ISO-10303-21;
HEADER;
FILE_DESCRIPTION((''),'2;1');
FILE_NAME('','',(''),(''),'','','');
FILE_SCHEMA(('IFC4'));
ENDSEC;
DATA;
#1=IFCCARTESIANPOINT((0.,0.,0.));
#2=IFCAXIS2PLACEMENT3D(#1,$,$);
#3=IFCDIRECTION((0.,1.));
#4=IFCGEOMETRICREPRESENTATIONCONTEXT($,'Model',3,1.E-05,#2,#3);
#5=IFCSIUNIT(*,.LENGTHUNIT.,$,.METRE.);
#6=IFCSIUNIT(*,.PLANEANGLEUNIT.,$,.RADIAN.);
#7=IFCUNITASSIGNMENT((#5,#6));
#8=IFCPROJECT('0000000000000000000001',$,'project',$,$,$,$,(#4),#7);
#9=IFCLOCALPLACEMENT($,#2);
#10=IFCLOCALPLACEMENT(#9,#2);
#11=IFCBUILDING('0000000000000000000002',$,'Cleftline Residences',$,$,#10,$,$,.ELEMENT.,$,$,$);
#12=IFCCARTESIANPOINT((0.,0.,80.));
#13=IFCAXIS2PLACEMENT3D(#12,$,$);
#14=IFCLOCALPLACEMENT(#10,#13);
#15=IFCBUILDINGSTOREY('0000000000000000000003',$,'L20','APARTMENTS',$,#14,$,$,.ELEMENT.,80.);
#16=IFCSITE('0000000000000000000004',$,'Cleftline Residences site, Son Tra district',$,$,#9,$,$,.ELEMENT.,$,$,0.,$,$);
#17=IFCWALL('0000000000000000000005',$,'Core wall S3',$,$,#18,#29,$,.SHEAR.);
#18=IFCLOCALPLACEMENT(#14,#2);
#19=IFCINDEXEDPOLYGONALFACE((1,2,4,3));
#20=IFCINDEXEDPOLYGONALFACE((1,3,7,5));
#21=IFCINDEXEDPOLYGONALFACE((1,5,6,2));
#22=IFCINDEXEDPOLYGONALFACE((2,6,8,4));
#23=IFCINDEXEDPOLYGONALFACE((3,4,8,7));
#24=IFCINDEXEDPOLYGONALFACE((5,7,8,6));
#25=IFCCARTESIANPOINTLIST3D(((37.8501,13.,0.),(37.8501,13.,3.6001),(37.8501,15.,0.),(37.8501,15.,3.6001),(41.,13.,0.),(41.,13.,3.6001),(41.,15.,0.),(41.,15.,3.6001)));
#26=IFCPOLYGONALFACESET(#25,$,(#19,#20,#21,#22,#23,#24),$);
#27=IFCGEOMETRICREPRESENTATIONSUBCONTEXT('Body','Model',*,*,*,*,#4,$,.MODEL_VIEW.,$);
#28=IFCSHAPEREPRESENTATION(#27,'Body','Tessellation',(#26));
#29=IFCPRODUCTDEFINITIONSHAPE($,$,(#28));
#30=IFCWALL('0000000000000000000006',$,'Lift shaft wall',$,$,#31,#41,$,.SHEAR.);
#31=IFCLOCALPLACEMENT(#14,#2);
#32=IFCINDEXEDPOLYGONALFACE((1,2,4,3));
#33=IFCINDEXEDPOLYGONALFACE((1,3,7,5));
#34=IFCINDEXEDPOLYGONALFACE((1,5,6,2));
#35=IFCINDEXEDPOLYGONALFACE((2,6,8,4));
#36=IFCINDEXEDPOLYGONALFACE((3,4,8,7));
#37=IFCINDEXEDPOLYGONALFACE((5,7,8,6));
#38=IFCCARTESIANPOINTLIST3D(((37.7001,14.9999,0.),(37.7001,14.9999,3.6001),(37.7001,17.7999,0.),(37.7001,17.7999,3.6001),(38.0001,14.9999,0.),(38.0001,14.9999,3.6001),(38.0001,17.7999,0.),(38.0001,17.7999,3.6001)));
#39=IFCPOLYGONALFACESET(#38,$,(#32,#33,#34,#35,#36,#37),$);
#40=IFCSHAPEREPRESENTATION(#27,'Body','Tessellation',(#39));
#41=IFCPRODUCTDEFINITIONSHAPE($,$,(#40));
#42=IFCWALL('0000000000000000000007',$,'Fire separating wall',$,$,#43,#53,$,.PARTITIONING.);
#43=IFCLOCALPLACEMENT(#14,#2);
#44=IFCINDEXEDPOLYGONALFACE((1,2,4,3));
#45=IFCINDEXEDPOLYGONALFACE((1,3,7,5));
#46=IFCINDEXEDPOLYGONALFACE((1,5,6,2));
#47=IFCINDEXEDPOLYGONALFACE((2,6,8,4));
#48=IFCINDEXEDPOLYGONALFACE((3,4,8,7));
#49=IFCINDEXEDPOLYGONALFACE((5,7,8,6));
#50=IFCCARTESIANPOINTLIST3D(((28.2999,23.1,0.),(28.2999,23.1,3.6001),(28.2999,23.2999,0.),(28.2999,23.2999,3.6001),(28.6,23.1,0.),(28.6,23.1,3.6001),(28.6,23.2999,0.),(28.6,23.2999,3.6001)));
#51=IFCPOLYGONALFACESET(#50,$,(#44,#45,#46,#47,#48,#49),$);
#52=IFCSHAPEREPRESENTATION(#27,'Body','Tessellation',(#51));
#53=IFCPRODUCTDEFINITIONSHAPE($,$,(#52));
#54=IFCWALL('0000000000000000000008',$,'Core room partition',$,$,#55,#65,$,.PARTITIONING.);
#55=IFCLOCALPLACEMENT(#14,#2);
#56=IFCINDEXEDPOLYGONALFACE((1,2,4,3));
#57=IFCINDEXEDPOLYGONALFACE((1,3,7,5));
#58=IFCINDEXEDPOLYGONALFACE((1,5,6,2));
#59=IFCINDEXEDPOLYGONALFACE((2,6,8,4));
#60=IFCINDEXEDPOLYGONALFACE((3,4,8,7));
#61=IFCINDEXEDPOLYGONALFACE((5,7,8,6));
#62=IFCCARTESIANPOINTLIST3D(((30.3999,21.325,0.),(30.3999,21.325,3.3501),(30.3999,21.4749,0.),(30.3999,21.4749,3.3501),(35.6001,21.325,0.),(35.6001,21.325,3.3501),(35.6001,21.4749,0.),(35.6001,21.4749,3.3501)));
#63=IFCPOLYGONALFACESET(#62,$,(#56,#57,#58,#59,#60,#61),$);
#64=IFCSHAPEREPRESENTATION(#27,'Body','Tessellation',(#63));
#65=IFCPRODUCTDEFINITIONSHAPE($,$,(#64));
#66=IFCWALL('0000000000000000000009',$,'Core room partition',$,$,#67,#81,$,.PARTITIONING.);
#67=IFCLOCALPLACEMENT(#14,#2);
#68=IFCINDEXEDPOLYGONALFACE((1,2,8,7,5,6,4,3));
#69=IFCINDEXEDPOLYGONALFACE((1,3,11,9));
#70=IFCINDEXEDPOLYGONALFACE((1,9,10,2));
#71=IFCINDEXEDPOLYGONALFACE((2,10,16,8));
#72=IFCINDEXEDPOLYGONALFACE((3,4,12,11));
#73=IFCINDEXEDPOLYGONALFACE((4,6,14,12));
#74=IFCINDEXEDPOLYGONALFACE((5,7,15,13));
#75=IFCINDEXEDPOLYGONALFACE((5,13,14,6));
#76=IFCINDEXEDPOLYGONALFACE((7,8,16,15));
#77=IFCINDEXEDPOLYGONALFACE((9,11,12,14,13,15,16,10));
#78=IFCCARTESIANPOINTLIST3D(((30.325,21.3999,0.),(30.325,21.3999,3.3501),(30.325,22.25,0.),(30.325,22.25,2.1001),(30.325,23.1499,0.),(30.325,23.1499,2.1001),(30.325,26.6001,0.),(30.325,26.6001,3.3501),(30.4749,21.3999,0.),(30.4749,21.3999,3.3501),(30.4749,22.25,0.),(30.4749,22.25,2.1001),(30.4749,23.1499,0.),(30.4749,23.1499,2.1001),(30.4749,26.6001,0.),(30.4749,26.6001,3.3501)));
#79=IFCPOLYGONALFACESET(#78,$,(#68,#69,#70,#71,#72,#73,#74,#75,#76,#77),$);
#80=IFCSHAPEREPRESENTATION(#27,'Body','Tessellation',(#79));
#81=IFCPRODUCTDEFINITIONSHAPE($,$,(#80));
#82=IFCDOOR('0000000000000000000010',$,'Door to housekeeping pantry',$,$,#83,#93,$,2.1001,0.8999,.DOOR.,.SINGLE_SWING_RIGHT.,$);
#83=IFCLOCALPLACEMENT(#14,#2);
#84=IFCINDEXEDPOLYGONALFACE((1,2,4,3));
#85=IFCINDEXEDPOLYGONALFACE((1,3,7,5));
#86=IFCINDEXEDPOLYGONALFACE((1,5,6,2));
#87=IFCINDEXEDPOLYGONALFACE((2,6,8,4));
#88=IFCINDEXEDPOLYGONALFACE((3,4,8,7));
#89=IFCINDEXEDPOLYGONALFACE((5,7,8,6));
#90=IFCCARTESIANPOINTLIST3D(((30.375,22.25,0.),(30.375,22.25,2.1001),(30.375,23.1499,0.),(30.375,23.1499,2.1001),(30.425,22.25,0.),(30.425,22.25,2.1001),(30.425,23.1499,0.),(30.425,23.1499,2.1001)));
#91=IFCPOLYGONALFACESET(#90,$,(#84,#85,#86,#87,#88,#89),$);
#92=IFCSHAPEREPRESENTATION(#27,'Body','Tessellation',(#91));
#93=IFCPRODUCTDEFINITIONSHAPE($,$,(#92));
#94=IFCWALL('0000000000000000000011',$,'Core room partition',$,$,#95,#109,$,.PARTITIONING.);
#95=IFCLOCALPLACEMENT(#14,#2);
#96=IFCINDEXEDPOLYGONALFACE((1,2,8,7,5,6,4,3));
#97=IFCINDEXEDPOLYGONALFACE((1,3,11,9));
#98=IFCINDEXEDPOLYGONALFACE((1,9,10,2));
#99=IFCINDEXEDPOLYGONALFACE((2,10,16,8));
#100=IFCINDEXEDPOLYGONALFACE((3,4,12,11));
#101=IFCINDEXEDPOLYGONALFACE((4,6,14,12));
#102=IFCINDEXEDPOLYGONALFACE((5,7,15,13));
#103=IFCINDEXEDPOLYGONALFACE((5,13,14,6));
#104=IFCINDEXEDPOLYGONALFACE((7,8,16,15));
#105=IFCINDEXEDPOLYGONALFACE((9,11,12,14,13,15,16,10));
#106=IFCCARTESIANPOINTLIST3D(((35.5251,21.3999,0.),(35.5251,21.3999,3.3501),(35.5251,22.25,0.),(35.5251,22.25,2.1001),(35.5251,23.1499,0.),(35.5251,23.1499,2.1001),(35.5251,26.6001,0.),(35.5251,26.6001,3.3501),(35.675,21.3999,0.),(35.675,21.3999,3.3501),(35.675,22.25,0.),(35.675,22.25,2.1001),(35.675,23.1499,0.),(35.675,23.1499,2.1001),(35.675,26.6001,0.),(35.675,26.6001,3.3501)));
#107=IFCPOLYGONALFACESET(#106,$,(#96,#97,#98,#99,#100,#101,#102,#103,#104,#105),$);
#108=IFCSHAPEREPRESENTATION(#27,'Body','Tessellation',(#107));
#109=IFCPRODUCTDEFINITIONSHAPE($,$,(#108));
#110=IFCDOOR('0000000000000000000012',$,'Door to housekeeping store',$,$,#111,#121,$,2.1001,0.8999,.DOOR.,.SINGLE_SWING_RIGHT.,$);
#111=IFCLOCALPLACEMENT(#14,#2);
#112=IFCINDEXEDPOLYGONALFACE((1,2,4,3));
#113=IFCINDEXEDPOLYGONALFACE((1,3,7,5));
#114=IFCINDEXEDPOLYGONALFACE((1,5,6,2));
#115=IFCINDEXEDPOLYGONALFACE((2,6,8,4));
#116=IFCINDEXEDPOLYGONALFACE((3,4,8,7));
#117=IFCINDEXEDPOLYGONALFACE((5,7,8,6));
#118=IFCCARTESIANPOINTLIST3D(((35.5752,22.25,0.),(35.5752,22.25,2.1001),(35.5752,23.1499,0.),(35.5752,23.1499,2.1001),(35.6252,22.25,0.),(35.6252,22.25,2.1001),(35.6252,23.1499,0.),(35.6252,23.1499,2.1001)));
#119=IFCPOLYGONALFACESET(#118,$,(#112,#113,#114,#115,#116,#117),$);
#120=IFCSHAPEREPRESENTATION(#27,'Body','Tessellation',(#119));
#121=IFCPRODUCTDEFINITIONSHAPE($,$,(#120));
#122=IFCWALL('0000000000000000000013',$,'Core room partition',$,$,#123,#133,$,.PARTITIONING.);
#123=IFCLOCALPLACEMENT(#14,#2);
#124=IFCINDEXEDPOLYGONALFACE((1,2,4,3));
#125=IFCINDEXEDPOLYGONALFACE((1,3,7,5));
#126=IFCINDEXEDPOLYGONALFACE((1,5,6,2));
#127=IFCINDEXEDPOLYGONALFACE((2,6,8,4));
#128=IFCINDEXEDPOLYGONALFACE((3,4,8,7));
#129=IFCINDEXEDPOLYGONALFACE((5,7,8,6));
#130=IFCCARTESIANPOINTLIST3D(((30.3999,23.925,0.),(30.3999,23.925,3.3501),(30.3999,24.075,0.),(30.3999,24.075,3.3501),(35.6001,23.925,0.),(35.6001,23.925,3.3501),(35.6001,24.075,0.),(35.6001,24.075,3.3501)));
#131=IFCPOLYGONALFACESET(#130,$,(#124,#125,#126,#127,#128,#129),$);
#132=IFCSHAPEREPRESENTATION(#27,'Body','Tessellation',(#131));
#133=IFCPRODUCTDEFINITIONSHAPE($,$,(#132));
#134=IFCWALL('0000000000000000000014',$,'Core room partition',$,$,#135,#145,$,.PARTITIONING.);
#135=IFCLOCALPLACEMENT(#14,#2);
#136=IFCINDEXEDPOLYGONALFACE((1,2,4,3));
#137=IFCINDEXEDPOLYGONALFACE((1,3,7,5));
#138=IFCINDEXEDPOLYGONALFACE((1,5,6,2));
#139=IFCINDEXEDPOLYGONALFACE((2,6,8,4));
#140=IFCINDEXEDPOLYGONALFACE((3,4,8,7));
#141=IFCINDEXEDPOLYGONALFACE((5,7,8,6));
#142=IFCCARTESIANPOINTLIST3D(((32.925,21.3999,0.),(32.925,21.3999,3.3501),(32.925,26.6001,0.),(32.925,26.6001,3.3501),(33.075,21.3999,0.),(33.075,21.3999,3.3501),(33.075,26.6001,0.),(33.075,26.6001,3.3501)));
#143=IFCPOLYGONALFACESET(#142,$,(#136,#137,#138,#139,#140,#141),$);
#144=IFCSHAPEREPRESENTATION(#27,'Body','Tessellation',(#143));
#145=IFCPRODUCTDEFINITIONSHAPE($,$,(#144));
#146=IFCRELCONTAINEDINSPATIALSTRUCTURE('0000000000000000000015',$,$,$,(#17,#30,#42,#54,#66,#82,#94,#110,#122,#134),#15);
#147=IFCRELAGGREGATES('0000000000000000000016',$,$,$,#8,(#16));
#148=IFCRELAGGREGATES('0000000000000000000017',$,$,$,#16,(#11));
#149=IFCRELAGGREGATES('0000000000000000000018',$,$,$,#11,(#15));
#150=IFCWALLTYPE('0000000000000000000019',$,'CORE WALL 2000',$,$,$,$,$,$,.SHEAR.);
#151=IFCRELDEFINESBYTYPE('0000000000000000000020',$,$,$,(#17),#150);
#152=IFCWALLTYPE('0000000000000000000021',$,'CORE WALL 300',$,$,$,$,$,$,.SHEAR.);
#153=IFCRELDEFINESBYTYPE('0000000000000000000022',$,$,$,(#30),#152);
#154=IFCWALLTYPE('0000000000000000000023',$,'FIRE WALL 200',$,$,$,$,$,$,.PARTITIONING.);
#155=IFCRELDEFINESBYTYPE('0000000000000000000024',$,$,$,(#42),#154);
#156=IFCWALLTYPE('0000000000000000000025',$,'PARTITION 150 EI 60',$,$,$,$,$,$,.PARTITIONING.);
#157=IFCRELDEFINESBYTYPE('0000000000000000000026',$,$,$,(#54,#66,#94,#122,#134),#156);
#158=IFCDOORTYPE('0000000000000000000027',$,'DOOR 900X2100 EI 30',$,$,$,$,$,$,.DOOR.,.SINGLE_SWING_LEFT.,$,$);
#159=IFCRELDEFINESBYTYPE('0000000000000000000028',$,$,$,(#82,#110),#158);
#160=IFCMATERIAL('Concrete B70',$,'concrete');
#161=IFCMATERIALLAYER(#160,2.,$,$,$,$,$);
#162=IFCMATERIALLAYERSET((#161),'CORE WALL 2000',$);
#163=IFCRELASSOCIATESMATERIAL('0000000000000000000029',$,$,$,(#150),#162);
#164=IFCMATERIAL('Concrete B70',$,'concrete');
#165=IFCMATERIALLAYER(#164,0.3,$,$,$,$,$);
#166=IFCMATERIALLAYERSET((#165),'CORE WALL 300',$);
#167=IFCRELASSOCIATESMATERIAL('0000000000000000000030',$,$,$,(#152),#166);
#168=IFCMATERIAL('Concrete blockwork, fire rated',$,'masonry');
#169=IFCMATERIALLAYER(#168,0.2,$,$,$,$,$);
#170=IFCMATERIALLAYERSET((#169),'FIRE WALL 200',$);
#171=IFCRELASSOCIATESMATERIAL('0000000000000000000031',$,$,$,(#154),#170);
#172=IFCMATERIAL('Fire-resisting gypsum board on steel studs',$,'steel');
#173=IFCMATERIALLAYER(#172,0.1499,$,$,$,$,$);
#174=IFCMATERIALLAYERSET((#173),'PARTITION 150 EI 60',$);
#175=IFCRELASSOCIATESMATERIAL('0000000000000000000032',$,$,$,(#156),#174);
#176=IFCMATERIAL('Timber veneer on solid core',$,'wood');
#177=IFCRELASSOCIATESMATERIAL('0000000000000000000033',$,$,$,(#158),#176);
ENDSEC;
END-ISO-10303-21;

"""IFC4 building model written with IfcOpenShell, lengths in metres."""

from ifc_helpers import new_model, si_unit, direction, frame, frame_2d, origin, place, context, subcontext, project, spatial, rectangle, extrude, material, layer, layer_set, type_object, element, fill, save


model = new_model("IFC4")

# Units and contexts
model_context = context("Model", 3, precision=1e-05, world=origin(), true_north=direction((0.0, 1.0)))
body_context = subcontext(model_context, "Body", "Model", "MODEL_VIEW")
ifc_project = project(units=[si_unit("LENGTHUNIT", "METRE"), si_unit("PLANEANGLEUNIT", "RADIAN")], contexts=[model_context])

# Site, building, storey
site_placement = place(None, origin())
site = spatial("IfcSite", under=ifc_project, at=site_placement, Name="Cleftline Residences site, Son Tra district", CompositionType="ELEMENT", RefElevation=0.0)
building_placement = place(site_placement, origin())
building = spatial("IfcBuilding", under=site, at=building_placement, Name="Cleftline Residences", CompositionType="ELEMENT")
storey_placement = place(building_placement, frame((0.0, 0.0, 80.0)))
storey = spatial("IfcBuildingStorey", under=building, at=storey_placement, Name="L20", Description="APARTMENTS", CompositionType="ELEMENT", Elevation=80.0)

# Walls
ifc_material_1 = material(Name="Concrete B70", Category="concrete")
ifc_layer_1 = layer(ifc_material_1, 2.0)
ifc_layer_set_1 = layer_set([ifc_layer_1], Name="CORE WALL 2000")
wall_type_1 = type_object("IfcWallType", Name="CORE WALL 2000", PredefinedType="SHEAR", material=ifc_layer_set_1)
wall_1_placement = place(storey_placement, frame((37.8501, 14.0, 0.0), z_axis=(0.0, 0.0, 1.0), x_axis=(1.0, 0.0, 0.0)))
element("IfcWall", 1, at=wall_1_placement, inside=storey, type_object=wall_type_1, Name="Core wall S3", PredefinedType="SHEAR", context=body_context, shape_type="SweptSolid", body=[
    extrude(rectangle(XDim=3.1499, YDim=2.0, at=frame_2d((1.575, 0.0))), origin(), (0.0, 0.0, 1.0), 3.6001),
])
ifc_material_2 = material(Name="Concrete B70", Category="concrete")
ifc_layer_2 = layer(ifc_material_2, 0.3)
ifc_layer_set_2 = layer_set([ifc_layer_2], Name="CORE WALL 300")
wall_type_2 = type_object("IfcWallType", Name="CORE WALL 300", PredefinedType="SHEAR", material=ifc_layer_set_2)
wall_2_placement = place(storey_placement, frame((37.8501, 15.0, 0.0), z_axis=(0.0, 0.0, 1.0), x_axis=(0.0, 1.0, 0.0)))
element("IfcWall", 2, at=wall_2_placement, inside=storey, type_object=wall_type_2, Name="Lift shaft wall", PredefinedType="SHEAR", context=body_context, shape_type="SweptSolid", body=[
    extrude(rectangle(XDim=2.8, YDim=0.3, at=frame_2d((1.3999, 0.0))), origin(), (0.0, 0.0, 1.0), 3.6001),
])
ifc_material_3 = material(Name="Concrete blockwork, fire rated", Category="masonry")
ifc_layer_3 = layer(ifc_material_3, 0.2)
ifc_layer_set_3 = layer_set([ifc_layer_3], Name="FIRE WALL 200")
wall_type_3 = type_object("IfcWallType", Name="FIRE WALL 200", PredefinedType="PARTITIONING", material=ifc_layer_set_3)
wall_3_placement = place(storey_placement, frame((28.3, 23.2, 0.0), z_axis=(0.0, 0.0, 1.0), x_axis=(1.0, 0.0, 0.0)))
element("IfcWall", 3, at=wall_3_placement, inside=storey, type_object=wall_type_3, Name="Fire separating wall", PredefinedType="PARTITIONING", context=body_context, shape_type="SweptSolid", body=[
    extrude(rectangle(XDim=0.3, YDim=0.2, at=frame_2d((0.1499, 0.0))), origin(), (0.0, 0.0, 1.0), 3.6001),
])
ifc_material_4 = material(Name="Fire-resisting gypsum board on steel studs", Category="steel")
ifc_layer_4 = layer(ifc_material_4, 0.1499)
ifc_layer_set_4 = layer_set([ifc_layer_4], Name="PARTITION 150 EI 60")
wall_type_4 = type_object("IfcWallType", Name="PARTITION 150 EI 60", PredefinedType="PARTITIONING", material=ifc_layer_set_4)
wall_4_placement = place(storey_placement, frame((30.3999, 21.3999, 0.0), z_axis=(0.0, 0.0, 1.0), x_axis=(1.0, 0.0, 0.0)))
element("IfcWall", 4, at=wall_4_placement, inside=storey, type_object=wall_type_4, Name="Core room partition", PredefinedType="PARTITIONING", context=body_context, shape_type="SweptSolid", body=[
    extrude(rectangle(XDim=5.2002, YDim=0.1499, at=frame_2d((2.6001, 0.0))), origin(), (0.0, 0.0, 1.0), 3.3501),
])

# Walls, openings, doors
wall_5_placement = place(storey_placement, frame((30.3999, 21.3999, 0.0), z_axis=(0.0, 0.0, 1.0), x_axis=(0.0, 1.0, 0.0)))
wall_5 = element("IfcWall", 5, at=wall_5_placement, inside=storey, type_object=wall_type_4, Name="Core room partition", PredefinedType="PARTITIONING", context=body_context, shape_type="SweptSolid", body=[
    extrude(rectangle(XDim=5.2002, YDim=0.1499, at=frame_2d((2.6001, 0.0))), origin(), (0.0, 0.0, 1.0), 3.3501),
])
opening_1_placement = place(wall_5_placement, frame((0.8501, 0.0, 0.0)))
opening_1 = element("IfcOpeningElement", 6, at=opening_1_placement, cuts=wall_5, PredefinedType="OPENING", context=body_context, shape_type="SweptSolid", body=[
    extrude(rectangle(XDim=0.8999, YDim=2.1001, at=frame_2d((0.45, 1.05))), frame((0.0, 0.085, 0.0), z_axis=(0.0, -1.0, 0.0), x_axis=(1.0, 0.0, 0.0)), (0.0, 0.0, 1.0), 0.1699),
])
ifc_material_5 = material(Name="Timber veneer on solid core", Category="wood")
door_type_1 = type_object("IfcDoorType", Name="DOOR 900X2100 EI 30", OperationType="SINGLE_SWING_LEFT", PredefinedType="DOOR", material=ifc_material_5)
door_1_placement = place(opening_1_placement, origin())
door_1 = element("IfcDoor", 7, at=door_1_placement, inside=storey, type_object=door_type_1, Name="Door to housekeeping pantry", OperationType="SINGLE_SWING_RIGHT", OverallHeight=2.1001, OverallWidth=0.8999, PredefinedType="DOOR", context=body_context, shape_type="SweptSolid", body=[
    extrude(rectangle(XDim=0.8999, YDim=2.1001, at=frame_2d((0.45, 1.05))), frame((0.0, 0.0249, 0.0), z_axis=(0.0, -1.0, 0.0), x_axis=(1.0, 0.0, 0.0)), (0.0, 0.0, 1.0), 0.05),
])
fill(opening_1, door_1)
wall_6_placement = place(storey_placement, frame((35.6001, 21.3999, 0.0), z_axis=(0.0, 0.0, 1.0), x_axis=(0.0, 1.0, 0.0)))
wall_6 = element("IfcWall", 8, at=wall_6_placement, inside=storey, type_object=wall_type_4, Name="Core room partition", PredefinedType="PARTITIONING", context=body_context, shape_type="SweptSolid", body=[
    extrude(rectangle(XDim=5.2002, YDim=0.1499, at=frame_2d((2.6001, 0.0))), origin(), (0.0, 0.0, 1.0), 3.3501),
])
opening_2_placement = place(wall_6_placement, frame((0.8501, 0.0, 0.0)))
opening_2 = element("IfcOpeningElement", 9, at=opening_2_placement, cuts=wall_6, PredefinedType="OPENING", context=body_context, shape_type="SweptSolid", body=[
    extrude(rectangle(XDim=0.8999, YDim=2.1001, at=frame_2d((0.45, 1.05))), frame((0.0, 0.085, 0.0), z_axis=(0.0, -1.0, 0.0), x_axis=(1.0, 0.0, 0.0)), (0.0, 0.0, 1.0), 0.1699),
])
door_2_placement = place(opening_2_placement, origin())
door_2 = element("IfcDoor", 10, at=door_2_placement, inside=storey, type_object=door_type_1, Name="Door to housekeeping store", OperationType="SINGLE_SWING_RIGHT", OverallHeight=2.1001, OverallWidth=0.8999, PredefinedType="DOOR", context=body_context, shape_type="SweptSolid", body=[
    extrude(rectangle(XDim=0.8999, YDim=2.1001, at=frame_2d((0.45, 1.05))), frame((0.0, 0.0249, 0.0), z_axis=(0.0, -1.0, 0.0), x_axis=(1.0, 0.0, 0.0)), (0.0, 0.0, 1.0), 0.05),
])
fill(opening_2, door_2)

# Walls
for number, where, z_axis, x_axis, name in (
    (11, (30.3999, 24.0, 0.0), (0.0, 0.0, 1.0), (1.0, 0.0, 0.0), "Core room partition"),
    (12, (33.0, 21.3999, 0.0), (0.0, 0.0, 1.0), (0.0, 1.0, 0.0), "Core room partition"),
):
    element("IfcWall", number, at=place(storey_placement, frame(where, z_axis=z_axis, x_axis=x_axis)), inside=storey, type_object=wall_type_4, Name=name, PredefinedType="PARTITIONING", context=body_context, shape_type="SweptSolid", body=[
        extrude(rectangle(XDim=5.2002, YDim=0.1499, at=frame_2d((2.6001, 0.0))), origin(), (0.0, 0.0, 1.0), 3.3501),
    ])

save(model, "model.ifc")
